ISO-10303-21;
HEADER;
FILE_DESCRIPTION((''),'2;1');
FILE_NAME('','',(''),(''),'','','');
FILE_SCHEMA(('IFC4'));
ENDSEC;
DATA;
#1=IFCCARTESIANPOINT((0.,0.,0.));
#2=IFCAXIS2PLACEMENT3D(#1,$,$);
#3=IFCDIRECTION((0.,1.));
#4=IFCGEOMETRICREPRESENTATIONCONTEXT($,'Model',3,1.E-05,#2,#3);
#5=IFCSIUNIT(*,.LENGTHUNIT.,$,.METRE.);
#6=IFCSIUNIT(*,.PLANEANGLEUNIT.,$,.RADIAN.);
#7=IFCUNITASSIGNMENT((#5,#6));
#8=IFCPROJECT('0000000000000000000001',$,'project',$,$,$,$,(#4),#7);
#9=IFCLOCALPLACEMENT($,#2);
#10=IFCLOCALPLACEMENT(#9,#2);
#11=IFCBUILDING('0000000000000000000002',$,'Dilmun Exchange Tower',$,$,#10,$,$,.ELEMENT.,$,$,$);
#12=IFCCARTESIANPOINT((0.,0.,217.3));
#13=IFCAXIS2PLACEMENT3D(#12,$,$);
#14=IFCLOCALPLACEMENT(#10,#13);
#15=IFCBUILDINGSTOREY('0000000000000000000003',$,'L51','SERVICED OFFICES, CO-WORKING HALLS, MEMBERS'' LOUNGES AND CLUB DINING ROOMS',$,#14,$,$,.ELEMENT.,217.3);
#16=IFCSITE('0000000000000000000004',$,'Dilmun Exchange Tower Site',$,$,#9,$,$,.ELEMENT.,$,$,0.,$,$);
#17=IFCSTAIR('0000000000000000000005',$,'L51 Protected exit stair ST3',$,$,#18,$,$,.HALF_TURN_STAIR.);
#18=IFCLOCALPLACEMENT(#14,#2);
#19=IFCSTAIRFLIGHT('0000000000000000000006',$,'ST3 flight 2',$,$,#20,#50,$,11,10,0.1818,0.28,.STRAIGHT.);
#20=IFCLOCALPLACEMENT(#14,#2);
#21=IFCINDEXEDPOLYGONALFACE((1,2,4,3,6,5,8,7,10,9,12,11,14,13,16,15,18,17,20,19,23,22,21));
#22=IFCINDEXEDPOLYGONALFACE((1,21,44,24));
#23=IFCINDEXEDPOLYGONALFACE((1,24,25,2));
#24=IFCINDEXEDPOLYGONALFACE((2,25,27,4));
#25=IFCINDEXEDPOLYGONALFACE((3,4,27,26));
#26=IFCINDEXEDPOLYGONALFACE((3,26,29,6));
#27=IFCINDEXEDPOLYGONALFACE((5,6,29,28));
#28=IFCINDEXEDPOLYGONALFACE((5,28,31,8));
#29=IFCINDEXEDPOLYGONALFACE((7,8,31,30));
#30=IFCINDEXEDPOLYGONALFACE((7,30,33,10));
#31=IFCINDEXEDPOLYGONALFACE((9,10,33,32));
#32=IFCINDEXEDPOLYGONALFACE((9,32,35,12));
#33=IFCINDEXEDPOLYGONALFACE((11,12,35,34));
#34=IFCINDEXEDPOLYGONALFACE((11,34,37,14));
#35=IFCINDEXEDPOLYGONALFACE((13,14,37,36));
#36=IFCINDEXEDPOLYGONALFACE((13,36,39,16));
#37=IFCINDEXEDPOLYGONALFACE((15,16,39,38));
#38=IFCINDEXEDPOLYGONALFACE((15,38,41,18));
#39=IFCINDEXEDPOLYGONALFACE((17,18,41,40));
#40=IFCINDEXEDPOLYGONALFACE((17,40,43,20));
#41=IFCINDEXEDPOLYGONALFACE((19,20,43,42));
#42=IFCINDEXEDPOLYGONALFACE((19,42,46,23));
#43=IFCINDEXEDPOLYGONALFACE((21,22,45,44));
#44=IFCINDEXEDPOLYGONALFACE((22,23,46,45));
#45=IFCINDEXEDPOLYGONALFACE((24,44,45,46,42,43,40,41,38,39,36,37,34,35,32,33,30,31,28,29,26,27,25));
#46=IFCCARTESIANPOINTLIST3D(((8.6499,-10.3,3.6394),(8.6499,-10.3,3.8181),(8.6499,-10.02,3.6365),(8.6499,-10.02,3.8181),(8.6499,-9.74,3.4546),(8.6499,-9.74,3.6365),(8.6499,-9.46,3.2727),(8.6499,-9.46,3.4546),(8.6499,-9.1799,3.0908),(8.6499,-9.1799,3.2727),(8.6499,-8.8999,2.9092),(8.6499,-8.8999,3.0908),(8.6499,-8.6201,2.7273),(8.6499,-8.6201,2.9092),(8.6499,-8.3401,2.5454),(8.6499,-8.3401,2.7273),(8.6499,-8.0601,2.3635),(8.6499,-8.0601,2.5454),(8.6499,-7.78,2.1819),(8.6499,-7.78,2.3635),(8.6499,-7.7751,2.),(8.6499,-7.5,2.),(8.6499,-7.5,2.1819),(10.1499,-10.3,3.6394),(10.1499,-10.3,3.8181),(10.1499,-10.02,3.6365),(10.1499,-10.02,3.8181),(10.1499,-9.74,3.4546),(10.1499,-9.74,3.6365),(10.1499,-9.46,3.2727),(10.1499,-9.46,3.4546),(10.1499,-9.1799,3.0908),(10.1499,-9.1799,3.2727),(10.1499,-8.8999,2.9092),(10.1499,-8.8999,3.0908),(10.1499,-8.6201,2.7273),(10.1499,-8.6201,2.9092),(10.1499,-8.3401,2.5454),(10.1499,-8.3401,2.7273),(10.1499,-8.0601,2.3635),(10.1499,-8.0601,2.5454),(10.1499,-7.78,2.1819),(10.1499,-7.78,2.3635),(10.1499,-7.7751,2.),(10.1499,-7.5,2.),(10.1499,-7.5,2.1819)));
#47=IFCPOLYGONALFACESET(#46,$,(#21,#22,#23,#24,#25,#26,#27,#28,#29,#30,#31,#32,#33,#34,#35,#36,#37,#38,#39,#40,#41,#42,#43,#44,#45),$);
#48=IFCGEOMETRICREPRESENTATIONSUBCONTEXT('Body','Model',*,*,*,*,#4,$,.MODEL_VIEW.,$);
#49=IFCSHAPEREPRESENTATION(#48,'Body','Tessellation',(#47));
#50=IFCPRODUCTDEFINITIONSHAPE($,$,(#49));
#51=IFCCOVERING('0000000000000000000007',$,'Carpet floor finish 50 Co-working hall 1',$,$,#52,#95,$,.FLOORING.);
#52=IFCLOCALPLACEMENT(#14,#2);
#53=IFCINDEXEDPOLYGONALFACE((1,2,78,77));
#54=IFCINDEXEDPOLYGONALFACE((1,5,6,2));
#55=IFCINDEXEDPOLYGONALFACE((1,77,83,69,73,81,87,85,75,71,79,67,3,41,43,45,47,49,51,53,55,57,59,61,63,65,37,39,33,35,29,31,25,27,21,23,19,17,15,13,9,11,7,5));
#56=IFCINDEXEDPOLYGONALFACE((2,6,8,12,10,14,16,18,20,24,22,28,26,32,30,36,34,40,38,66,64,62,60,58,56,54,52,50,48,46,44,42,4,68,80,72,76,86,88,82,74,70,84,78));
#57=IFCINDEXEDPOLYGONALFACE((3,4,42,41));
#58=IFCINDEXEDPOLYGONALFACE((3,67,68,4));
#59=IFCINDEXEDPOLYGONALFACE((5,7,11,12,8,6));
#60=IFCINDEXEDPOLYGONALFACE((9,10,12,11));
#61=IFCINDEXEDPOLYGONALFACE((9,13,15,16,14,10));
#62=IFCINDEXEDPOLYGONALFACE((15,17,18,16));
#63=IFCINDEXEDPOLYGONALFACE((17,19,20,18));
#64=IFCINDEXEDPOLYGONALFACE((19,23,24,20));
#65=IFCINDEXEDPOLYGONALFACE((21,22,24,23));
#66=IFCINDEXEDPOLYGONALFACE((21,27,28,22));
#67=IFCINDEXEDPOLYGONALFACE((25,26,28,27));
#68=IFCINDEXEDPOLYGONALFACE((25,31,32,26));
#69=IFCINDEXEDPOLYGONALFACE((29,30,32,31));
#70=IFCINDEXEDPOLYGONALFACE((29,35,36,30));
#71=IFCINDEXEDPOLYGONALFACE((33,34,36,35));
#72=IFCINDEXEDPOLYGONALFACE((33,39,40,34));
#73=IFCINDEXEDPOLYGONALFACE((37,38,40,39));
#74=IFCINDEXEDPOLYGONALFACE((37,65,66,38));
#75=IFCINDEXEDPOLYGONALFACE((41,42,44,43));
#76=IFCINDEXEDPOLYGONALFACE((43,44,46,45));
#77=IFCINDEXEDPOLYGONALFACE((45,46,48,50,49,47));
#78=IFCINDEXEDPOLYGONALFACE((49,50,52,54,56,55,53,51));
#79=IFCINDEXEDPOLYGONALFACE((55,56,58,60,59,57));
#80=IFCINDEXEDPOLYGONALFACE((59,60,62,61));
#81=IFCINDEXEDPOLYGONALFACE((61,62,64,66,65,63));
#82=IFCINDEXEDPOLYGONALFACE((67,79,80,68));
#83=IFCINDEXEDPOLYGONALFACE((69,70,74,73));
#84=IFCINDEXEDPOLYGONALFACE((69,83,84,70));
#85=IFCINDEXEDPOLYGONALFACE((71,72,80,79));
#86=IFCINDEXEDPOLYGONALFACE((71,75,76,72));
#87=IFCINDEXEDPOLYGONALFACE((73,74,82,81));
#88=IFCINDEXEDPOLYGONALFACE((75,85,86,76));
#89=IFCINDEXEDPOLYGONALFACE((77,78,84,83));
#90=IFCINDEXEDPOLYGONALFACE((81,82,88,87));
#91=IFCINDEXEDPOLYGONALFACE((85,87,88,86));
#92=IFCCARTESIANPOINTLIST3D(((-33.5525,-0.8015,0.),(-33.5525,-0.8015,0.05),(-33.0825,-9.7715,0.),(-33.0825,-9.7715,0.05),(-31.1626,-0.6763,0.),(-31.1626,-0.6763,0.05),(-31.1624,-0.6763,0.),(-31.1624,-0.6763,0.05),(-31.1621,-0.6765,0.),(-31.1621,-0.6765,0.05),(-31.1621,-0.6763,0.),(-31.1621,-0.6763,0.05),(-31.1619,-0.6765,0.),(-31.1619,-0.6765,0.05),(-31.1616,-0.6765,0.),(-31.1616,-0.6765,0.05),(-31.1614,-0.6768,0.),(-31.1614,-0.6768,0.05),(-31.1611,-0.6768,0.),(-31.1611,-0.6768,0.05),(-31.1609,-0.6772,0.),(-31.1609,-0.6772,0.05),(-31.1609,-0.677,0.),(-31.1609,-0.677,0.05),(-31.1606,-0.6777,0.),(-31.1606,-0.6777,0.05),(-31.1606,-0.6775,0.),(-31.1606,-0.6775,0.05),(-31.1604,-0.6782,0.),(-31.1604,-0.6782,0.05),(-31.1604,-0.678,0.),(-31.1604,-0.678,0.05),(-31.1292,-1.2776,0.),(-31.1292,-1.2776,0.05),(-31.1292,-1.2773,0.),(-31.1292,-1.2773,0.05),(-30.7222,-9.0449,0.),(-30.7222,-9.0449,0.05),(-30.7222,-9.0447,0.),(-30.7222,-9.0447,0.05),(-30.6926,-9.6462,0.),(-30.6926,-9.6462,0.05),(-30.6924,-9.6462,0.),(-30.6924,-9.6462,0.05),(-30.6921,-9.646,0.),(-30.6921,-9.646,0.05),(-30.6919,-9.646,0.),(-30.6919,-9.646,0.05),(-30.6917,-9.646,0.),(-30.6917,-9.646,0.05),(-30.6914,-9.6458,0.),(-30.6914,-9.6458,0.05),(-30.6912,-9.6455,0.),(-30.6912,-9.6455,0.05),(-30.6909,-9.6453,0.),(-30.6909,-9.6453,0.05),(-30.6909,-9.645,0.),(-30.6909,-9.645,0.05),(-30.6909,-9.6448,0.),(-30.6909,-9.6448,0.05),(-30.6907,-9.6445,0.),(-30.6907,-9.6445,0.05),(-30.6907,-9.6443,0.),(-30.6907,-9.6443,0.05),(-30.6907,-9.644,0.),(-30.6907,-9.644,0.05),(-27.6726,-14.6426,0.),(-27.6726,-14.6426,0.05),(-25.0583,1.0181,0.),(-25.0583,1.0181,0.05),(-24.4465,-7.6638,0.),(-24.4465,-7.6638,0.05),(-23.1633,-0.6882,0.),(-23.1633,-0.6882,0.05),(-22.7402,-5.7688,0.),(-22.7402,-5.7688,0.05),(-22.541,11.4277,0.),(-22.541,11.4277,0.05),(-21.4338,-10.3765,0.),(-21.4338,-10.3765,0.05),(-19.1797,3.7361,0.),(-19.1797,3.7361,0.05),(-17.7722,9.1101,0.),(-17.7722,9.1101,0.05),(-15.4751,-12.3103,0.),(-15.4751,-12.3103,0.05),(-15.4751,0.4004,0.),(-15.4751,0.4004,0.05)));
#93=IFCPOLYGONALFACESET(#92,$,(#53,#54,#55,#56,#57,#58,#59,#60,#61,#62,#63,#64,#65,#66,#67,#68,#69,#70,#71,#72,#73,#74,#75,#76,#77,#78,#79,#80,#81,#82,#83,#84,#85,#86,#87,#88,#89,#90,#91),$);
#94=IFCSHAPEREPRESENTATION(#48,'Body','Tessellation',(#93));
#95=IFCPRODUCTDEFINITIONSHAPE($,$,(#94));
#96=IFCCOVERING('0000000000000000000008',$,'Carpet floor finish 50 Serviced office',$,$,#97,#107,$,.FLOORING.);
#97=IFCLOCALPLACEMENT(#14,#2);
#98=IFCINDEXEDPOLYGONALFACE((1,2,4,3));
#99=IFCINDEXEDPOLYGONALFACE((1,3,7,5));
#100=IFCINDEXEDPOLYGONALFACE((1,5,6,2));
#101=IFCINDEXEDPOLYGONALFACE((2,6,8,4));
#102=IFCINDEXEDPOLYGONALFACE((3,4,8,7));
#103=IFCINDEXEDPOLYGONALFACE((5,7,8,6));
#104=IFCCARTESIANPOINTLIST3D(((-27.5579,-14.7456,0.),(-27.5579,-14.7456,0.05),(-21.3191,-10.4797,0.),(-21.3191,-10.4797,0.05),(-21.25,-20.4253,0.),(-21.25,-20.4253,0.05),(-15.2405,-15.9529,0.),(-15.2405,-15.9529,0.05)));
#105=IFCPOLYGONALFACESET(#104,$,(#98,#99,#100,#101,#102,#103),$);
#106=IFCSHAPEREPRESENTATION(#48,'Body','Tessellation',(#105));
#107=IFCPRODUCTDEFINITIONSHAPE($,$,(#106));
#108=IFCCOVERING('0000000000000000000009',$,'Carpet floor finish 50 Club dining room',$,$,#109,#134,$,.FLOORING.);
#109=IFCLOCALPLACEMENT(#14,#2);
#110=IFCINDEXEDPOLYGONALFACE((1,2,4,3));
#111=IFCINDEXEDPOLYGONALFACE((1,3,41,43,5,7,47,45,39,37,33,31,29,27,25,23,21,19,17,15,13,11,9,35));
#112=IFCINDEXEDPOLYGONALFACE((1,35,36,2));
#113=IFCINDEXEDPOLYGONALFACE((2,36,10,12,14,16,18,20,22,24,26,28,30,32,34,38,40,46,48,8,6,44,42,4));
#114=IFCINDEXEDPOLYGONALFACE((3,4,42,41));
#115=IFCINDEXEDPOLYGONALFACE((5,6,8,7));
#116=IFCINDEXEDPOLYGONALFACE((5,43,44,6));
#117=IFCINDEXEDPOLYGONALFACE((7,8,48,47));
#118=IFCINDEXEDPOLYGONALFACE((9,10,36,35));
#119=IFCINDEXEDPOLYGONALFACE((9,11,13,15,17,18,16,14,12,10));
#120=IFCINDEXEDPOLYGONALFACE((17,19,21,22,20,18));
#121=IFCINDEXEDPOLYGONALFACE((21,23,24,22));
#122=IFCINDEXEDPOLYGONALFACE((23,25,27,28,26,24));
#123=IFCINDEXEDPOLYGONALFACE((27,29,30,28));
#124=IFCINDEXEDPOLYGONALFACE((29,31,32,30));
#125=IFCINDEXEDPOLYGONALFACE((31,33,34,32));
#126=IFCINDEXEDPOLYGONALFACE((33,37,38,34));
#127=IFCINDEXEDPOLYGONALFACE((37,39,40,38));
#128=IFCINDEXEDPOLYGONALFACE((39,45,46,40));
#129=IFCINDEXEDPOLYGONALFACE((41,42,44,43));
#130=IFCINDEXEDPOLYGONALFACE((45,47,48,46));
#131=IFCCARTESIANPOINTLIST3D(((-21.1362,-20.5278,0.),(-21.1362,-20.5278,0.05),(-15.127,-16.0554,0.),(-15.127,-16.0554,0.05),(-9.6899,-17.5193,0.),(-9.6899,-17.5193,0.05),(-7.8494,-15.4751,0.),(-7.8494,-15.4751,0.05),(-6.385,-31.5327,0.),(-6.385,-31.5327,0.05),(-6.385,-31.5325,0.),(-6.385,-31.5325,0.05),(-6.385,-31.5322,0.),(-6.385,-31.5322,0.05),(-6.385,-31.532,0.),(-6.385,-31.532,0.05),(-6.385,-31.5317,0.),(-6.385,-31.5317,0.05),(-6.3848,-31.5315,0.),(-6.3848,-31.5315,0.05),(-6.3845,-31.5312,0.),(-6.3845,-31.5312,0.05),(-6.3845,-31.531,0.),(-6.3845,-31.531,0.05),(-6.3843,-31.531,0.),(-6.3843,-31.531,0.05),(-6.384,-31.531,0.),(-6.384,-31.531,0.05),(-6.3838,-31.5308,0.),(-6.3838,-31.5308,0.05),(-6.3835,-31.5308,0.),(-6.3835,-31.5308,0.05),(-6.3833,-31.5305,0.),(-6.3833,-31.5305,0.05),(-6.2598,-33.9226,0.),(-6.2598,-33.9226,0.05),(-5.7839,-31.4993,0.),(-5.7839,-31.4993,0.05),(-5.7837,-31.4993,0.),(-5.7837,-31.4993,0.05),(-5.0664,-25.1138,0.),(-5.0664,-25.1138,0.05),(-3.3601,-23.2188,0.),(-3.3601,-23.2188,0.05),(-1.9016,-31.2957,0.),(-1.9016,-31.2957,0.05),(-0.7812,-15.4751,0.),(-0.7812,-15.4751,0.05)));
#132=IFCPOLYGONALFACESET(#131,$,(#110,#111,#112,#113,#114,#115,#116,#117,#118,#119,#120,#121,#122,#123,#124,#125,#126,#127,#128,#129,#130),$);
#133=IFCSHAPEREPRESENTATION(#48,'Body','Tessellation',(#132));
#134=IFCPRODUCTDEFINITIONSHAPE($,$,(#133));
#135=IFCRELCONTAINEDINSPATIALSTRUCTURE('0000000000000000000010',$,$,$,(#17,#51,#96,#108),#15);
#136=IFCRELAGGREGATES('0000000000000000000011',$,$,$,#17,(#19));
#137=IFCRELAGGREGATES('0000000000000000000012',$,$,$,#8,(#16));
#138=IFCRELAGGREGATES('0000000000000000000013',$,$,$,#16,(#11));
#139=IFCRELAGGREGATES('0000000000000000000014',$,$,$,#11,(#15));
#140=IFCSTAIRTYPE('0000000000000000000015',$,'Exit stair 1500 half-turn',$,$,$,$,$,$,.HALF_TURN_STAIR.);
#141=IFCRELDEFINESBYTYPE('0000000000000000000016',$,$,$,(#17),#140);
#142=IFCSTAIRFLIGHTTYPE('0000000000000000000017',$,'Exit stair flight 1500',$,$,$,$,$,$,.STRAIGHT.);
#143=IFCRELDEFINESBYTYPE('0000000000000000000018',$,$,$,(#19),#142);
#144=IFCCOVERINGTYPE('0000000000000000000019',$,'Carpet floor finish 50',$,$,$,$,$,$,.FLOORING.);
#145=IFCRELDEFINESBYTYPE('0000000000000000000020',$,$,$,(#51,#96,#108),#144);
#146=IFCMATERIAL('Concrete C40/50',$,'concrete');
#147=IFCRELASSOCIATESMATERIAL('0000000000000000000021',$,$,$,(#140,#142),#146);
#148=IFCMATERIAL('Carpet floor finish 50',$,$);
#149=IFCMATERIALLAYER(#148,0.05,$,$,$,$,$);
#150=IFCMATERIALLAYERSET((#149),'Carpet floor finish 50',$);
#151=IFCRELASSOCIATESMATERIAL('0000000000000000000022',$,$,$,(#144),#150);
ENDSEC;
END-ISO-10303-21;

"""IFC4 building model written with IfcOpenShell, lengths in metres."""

from ifc_helpers import new_model, si_unit, direction, frame, origin, place, context, subcontext, project, spatial, polyline, outline, extrude, material, layer, layer_set, type_object, element, aggregate, save


model = new_model("IFC4")

# Units and contexts
model_context = context("Model", 3, precision=1e-05, world=origin(), true_north=direction((0.0, 1.0)))
body_context = subcontext(model_context, "Body", "Model", "MODEL_VIEW")
ifc_project = project(units=[si_unit("LENGTHUNIT", "METRE"), si_unit("PLANEANGLEUNIT", "RADIAN")], contexts=[model_context])

# Site, building, storey
site_placement = place(None, origin())
site = spatial("IfcSite", under=ifc_project, at=site_placement, Name="Dilmun Exchange Tower Site", CompositionType="ELEMENT", RefElevation=0.0)
building_placement = place(site_placement, origin())
building = spatial("IfcBuilding", under=site, at=building_placement, Name="Dilmun Exchange Tower", CompositionType="ELEMENT")
storey_placement = place(building_placement, frame((0.0, 0.0, 217.3)))
storey = spatial("IfcBuildingStorey", under=building, at=storey_placement, Name="L51", Description="SERVICED OFFICES, CO-WORKING HALLS, MEMBERS' LOUNGES AND CLUB DINING ROOMS", CompositionType="ELEMENT", Elevation=217.3)

# Shared definitions
ifc_material_1 = material(Name="Concrete C40/50", Category="concrete")

# Stair
stair_type = type_object("IfcStairType", Name="Exit stair 1500 half-turn", PredefinedType="HALF_TURN_STAIR", material=ifc_material_1)
stair_1_placement = place(storey_placement, origin())
stair_1 = element("IfcStair", 1, at=stair_1_placement, inside=storey, type_object=stair_type, Name="L51 Protected exit stair ST3", PredefinedType="HALF_TURN_STAIR")

# Stair flight
stair_flight_type = type_object("IfcStairFlightType", Name="Exit stair flight 1500", PredefinedType="STRAIGHT", material=ifc_material_1)
stair_flight_placement = place(storey_placement, frame((9.3999, -7.5, 2.0), z_axis=(0.0, 0.0, 1.0), x_axis=(0.0, -1.0, 0.0)))
stair_flight = element("IfcStairFlight", 2, at=stair_flight_placement, type_object=stair_flight_type, Name="ST3 flight 2", NumberOfRisers=11, NumberOfTreads=10, PredefinedType="STRAIGHT", RiserHeight=0.1818, TreadLength=0.28, context=body_context, shape_type="SweptSolid", body=[
    extrude(outline(polyline([(0.0, 0.0), (0.0, 0.1819), (0.28, 0.1819), (0.28, 0.3635), (0.5601, 0.3635), (0.5601, 0.5454), (0.8401, 0.5454), (0.8401, 0.7273), (1.1201, 0.7273), (1.1201, 0.9092), (1.3999, 0.9092), (1.3999, 1.0908), (1.6799, 1.0908), (1.6799, 1.2727), (1.96, 1.2727), (1.96, 1.4546), (2.24, 1.4546), (2.24, 1.6365), (2.52, 1.6365), (2.52, 1.8181), (2.8, 1.8181), (2.8, 2.0), (2.8, 1.6394), (0.2751, 0.0), (0.0, 0.0)])), frame((0.0, 0.75, 0.0), z_axis=(0.0, -1.0, 0.0), x_axis=(1.0, 0.0, 0.0)), (0.0, 0.0, 1.0), 1.5),
])
aggregate(stair_1, [stair_flight])

# Coverings
ifc_material_2 = material(Name="Carpet floor finish 50")
ifc_layer_1 = layer(ifc_material_2, 0.05)
ifc_layer_set_1 = layer_set([ifc_layer_1], Name="Carpet floor finish 50")
covering_type_1 = type_object("IfcCoveringType", Name="Carpet floor finish 50", PredefinedType="FLOORING", material=ifc_layer_set_1)
covering_1_placement = place(storey_placement, origin())
element("IfcCovering", 3, at=covering_1_placement, inside=storey, type_object=covering_type_1, Name="Carpet floor finish 50 Co-working hall 1", PredefinedType="FLOORING", context=body_context, shape_type="SweptSolid", body=[
    extrude(outline(polyline([(-22.7402, -5.7688), (-24.4465, -7.6638), (-21.4338, -10.3765), (-27.6726, -14.6426), (-33.0825, -9.7715), (-30.6926, -9.6462), (-30.6924, -9.6462), (-30.6921, -9.646), (-30.6919, -9.646), (-30.6919, -9.646), (-30.6917, -9.646), (-30.6914, -9.6458), (-30.6914, -9.6458), (-30.6912, -9.6455), (-30.6912, -9.6455), (-30.6909, -9.6453), (-30.6909, -9.645), (-30.6909, -9.645), (-30.6909, -9.6448), (-30.6907, -9.6445), (-30.6907, -9.6443), (-30.6907, -9.644), (-30.7222, -9.0449), (-30.7222, -9.0447), (-30.7222, -9.0447), (-31.1292, -1.2776), (-31.1292, -1.2776), (-31.1292, -1.2773), (-31.1604, -0.6782), (-31.1604, -0.678), (-31.1606, -0.6777), (-31.1606, -0.6775), (-31.1606, -0.6775), (-31.1609, -0.6772), (-31.1609, -0.677), (-31.1609, -0.677), (-31.1611, -0.6768), (-31.1614, -0.6768), (-31.1616, -0.6765), (-31.1616, -0.6765), (-31.1619, -0.6765), (-31.1621, -0.6765), (-31.1621, -0.6763), (-31.1624, -0.6763), (-31.1626, -0.6763), (-33.5525, -0.8015), (-22.541, 11.4277), (-17.7722, 9.1101), (-25.0583, 1.0181), (-23.1633, -0.6882), (-19.1797, 3.7361), (-15.4751, 0.4004), (-15.4751, -12.3103), (-22.7402, -5.7688)])), origin(), (0.0, 0.0, 1.0), 0.05),
])
covering_2_placement = place(storey_placement, origin())
element("IfcCovering", 4, at=covering_2_placement, inside=storey, type_object=covering_type_1, Name="Carpet floor finish 50 Serviced office", PredefinedType="FLOORING", context=body_context, shape_type="SweptSolid", body=[
    extrude(outline(polyline([(-21.3191, -10.4797), (-15.2405, -15.9529), (-21.25, -20.4253), (-27.5579, -14.7456), (-21.3191, -10.4797)])), origin(), (0.0, 0.0, 1.0), 0.05),
])
covering_3_placement = place(storey_placement, origin())
element("IfcCovering", 5, at=covering_3_placement, inside=storey, type_object=covering_type_1, Name="Carpet floor finish 50 Club dining room", PredefinedType="FLOORING", context=body_context, shape_type="SweptSolid", body=[
    extrude(outline(polyline([(-15.127, -16.0554), (-5.0664, -25.1138), (-3.3601, -23.2188), (-9.6899, -17.5193), (-7.8494, -15.4751), (-0.7812, -15.4751), (-1.9016, -31.2957), (-5.7837, -31.4993), (-5.7837, -31.4993), (-5.7839, -31.4993), (-6.3833, -31.5305), (-6.3833, -31.5305), (-6.3835, -31.5308), (-6.3838, -31.5308), (-6.3838, -31.5308), (-6.384, -31.531), (-6.3843, -31.531), (-6.3845, -31.531), (-6.3845, -31.5312), (-6.3848, -31.5315), (-6.3848, -31.5315), (-6.385, -31.5317), (-6.385, -31.532), (-6.385, -31.532), (-6.385, -31.5322), (-6.385, -31.5325), (-6.385, -31.5327), (-6.2598, -33.9226), (-21.1362, -20.5278), (-15.127, -16.0554)])), origin(), (0.0, 0.0, 1.0), 0.05),
])

save(model, "model.ifc")
